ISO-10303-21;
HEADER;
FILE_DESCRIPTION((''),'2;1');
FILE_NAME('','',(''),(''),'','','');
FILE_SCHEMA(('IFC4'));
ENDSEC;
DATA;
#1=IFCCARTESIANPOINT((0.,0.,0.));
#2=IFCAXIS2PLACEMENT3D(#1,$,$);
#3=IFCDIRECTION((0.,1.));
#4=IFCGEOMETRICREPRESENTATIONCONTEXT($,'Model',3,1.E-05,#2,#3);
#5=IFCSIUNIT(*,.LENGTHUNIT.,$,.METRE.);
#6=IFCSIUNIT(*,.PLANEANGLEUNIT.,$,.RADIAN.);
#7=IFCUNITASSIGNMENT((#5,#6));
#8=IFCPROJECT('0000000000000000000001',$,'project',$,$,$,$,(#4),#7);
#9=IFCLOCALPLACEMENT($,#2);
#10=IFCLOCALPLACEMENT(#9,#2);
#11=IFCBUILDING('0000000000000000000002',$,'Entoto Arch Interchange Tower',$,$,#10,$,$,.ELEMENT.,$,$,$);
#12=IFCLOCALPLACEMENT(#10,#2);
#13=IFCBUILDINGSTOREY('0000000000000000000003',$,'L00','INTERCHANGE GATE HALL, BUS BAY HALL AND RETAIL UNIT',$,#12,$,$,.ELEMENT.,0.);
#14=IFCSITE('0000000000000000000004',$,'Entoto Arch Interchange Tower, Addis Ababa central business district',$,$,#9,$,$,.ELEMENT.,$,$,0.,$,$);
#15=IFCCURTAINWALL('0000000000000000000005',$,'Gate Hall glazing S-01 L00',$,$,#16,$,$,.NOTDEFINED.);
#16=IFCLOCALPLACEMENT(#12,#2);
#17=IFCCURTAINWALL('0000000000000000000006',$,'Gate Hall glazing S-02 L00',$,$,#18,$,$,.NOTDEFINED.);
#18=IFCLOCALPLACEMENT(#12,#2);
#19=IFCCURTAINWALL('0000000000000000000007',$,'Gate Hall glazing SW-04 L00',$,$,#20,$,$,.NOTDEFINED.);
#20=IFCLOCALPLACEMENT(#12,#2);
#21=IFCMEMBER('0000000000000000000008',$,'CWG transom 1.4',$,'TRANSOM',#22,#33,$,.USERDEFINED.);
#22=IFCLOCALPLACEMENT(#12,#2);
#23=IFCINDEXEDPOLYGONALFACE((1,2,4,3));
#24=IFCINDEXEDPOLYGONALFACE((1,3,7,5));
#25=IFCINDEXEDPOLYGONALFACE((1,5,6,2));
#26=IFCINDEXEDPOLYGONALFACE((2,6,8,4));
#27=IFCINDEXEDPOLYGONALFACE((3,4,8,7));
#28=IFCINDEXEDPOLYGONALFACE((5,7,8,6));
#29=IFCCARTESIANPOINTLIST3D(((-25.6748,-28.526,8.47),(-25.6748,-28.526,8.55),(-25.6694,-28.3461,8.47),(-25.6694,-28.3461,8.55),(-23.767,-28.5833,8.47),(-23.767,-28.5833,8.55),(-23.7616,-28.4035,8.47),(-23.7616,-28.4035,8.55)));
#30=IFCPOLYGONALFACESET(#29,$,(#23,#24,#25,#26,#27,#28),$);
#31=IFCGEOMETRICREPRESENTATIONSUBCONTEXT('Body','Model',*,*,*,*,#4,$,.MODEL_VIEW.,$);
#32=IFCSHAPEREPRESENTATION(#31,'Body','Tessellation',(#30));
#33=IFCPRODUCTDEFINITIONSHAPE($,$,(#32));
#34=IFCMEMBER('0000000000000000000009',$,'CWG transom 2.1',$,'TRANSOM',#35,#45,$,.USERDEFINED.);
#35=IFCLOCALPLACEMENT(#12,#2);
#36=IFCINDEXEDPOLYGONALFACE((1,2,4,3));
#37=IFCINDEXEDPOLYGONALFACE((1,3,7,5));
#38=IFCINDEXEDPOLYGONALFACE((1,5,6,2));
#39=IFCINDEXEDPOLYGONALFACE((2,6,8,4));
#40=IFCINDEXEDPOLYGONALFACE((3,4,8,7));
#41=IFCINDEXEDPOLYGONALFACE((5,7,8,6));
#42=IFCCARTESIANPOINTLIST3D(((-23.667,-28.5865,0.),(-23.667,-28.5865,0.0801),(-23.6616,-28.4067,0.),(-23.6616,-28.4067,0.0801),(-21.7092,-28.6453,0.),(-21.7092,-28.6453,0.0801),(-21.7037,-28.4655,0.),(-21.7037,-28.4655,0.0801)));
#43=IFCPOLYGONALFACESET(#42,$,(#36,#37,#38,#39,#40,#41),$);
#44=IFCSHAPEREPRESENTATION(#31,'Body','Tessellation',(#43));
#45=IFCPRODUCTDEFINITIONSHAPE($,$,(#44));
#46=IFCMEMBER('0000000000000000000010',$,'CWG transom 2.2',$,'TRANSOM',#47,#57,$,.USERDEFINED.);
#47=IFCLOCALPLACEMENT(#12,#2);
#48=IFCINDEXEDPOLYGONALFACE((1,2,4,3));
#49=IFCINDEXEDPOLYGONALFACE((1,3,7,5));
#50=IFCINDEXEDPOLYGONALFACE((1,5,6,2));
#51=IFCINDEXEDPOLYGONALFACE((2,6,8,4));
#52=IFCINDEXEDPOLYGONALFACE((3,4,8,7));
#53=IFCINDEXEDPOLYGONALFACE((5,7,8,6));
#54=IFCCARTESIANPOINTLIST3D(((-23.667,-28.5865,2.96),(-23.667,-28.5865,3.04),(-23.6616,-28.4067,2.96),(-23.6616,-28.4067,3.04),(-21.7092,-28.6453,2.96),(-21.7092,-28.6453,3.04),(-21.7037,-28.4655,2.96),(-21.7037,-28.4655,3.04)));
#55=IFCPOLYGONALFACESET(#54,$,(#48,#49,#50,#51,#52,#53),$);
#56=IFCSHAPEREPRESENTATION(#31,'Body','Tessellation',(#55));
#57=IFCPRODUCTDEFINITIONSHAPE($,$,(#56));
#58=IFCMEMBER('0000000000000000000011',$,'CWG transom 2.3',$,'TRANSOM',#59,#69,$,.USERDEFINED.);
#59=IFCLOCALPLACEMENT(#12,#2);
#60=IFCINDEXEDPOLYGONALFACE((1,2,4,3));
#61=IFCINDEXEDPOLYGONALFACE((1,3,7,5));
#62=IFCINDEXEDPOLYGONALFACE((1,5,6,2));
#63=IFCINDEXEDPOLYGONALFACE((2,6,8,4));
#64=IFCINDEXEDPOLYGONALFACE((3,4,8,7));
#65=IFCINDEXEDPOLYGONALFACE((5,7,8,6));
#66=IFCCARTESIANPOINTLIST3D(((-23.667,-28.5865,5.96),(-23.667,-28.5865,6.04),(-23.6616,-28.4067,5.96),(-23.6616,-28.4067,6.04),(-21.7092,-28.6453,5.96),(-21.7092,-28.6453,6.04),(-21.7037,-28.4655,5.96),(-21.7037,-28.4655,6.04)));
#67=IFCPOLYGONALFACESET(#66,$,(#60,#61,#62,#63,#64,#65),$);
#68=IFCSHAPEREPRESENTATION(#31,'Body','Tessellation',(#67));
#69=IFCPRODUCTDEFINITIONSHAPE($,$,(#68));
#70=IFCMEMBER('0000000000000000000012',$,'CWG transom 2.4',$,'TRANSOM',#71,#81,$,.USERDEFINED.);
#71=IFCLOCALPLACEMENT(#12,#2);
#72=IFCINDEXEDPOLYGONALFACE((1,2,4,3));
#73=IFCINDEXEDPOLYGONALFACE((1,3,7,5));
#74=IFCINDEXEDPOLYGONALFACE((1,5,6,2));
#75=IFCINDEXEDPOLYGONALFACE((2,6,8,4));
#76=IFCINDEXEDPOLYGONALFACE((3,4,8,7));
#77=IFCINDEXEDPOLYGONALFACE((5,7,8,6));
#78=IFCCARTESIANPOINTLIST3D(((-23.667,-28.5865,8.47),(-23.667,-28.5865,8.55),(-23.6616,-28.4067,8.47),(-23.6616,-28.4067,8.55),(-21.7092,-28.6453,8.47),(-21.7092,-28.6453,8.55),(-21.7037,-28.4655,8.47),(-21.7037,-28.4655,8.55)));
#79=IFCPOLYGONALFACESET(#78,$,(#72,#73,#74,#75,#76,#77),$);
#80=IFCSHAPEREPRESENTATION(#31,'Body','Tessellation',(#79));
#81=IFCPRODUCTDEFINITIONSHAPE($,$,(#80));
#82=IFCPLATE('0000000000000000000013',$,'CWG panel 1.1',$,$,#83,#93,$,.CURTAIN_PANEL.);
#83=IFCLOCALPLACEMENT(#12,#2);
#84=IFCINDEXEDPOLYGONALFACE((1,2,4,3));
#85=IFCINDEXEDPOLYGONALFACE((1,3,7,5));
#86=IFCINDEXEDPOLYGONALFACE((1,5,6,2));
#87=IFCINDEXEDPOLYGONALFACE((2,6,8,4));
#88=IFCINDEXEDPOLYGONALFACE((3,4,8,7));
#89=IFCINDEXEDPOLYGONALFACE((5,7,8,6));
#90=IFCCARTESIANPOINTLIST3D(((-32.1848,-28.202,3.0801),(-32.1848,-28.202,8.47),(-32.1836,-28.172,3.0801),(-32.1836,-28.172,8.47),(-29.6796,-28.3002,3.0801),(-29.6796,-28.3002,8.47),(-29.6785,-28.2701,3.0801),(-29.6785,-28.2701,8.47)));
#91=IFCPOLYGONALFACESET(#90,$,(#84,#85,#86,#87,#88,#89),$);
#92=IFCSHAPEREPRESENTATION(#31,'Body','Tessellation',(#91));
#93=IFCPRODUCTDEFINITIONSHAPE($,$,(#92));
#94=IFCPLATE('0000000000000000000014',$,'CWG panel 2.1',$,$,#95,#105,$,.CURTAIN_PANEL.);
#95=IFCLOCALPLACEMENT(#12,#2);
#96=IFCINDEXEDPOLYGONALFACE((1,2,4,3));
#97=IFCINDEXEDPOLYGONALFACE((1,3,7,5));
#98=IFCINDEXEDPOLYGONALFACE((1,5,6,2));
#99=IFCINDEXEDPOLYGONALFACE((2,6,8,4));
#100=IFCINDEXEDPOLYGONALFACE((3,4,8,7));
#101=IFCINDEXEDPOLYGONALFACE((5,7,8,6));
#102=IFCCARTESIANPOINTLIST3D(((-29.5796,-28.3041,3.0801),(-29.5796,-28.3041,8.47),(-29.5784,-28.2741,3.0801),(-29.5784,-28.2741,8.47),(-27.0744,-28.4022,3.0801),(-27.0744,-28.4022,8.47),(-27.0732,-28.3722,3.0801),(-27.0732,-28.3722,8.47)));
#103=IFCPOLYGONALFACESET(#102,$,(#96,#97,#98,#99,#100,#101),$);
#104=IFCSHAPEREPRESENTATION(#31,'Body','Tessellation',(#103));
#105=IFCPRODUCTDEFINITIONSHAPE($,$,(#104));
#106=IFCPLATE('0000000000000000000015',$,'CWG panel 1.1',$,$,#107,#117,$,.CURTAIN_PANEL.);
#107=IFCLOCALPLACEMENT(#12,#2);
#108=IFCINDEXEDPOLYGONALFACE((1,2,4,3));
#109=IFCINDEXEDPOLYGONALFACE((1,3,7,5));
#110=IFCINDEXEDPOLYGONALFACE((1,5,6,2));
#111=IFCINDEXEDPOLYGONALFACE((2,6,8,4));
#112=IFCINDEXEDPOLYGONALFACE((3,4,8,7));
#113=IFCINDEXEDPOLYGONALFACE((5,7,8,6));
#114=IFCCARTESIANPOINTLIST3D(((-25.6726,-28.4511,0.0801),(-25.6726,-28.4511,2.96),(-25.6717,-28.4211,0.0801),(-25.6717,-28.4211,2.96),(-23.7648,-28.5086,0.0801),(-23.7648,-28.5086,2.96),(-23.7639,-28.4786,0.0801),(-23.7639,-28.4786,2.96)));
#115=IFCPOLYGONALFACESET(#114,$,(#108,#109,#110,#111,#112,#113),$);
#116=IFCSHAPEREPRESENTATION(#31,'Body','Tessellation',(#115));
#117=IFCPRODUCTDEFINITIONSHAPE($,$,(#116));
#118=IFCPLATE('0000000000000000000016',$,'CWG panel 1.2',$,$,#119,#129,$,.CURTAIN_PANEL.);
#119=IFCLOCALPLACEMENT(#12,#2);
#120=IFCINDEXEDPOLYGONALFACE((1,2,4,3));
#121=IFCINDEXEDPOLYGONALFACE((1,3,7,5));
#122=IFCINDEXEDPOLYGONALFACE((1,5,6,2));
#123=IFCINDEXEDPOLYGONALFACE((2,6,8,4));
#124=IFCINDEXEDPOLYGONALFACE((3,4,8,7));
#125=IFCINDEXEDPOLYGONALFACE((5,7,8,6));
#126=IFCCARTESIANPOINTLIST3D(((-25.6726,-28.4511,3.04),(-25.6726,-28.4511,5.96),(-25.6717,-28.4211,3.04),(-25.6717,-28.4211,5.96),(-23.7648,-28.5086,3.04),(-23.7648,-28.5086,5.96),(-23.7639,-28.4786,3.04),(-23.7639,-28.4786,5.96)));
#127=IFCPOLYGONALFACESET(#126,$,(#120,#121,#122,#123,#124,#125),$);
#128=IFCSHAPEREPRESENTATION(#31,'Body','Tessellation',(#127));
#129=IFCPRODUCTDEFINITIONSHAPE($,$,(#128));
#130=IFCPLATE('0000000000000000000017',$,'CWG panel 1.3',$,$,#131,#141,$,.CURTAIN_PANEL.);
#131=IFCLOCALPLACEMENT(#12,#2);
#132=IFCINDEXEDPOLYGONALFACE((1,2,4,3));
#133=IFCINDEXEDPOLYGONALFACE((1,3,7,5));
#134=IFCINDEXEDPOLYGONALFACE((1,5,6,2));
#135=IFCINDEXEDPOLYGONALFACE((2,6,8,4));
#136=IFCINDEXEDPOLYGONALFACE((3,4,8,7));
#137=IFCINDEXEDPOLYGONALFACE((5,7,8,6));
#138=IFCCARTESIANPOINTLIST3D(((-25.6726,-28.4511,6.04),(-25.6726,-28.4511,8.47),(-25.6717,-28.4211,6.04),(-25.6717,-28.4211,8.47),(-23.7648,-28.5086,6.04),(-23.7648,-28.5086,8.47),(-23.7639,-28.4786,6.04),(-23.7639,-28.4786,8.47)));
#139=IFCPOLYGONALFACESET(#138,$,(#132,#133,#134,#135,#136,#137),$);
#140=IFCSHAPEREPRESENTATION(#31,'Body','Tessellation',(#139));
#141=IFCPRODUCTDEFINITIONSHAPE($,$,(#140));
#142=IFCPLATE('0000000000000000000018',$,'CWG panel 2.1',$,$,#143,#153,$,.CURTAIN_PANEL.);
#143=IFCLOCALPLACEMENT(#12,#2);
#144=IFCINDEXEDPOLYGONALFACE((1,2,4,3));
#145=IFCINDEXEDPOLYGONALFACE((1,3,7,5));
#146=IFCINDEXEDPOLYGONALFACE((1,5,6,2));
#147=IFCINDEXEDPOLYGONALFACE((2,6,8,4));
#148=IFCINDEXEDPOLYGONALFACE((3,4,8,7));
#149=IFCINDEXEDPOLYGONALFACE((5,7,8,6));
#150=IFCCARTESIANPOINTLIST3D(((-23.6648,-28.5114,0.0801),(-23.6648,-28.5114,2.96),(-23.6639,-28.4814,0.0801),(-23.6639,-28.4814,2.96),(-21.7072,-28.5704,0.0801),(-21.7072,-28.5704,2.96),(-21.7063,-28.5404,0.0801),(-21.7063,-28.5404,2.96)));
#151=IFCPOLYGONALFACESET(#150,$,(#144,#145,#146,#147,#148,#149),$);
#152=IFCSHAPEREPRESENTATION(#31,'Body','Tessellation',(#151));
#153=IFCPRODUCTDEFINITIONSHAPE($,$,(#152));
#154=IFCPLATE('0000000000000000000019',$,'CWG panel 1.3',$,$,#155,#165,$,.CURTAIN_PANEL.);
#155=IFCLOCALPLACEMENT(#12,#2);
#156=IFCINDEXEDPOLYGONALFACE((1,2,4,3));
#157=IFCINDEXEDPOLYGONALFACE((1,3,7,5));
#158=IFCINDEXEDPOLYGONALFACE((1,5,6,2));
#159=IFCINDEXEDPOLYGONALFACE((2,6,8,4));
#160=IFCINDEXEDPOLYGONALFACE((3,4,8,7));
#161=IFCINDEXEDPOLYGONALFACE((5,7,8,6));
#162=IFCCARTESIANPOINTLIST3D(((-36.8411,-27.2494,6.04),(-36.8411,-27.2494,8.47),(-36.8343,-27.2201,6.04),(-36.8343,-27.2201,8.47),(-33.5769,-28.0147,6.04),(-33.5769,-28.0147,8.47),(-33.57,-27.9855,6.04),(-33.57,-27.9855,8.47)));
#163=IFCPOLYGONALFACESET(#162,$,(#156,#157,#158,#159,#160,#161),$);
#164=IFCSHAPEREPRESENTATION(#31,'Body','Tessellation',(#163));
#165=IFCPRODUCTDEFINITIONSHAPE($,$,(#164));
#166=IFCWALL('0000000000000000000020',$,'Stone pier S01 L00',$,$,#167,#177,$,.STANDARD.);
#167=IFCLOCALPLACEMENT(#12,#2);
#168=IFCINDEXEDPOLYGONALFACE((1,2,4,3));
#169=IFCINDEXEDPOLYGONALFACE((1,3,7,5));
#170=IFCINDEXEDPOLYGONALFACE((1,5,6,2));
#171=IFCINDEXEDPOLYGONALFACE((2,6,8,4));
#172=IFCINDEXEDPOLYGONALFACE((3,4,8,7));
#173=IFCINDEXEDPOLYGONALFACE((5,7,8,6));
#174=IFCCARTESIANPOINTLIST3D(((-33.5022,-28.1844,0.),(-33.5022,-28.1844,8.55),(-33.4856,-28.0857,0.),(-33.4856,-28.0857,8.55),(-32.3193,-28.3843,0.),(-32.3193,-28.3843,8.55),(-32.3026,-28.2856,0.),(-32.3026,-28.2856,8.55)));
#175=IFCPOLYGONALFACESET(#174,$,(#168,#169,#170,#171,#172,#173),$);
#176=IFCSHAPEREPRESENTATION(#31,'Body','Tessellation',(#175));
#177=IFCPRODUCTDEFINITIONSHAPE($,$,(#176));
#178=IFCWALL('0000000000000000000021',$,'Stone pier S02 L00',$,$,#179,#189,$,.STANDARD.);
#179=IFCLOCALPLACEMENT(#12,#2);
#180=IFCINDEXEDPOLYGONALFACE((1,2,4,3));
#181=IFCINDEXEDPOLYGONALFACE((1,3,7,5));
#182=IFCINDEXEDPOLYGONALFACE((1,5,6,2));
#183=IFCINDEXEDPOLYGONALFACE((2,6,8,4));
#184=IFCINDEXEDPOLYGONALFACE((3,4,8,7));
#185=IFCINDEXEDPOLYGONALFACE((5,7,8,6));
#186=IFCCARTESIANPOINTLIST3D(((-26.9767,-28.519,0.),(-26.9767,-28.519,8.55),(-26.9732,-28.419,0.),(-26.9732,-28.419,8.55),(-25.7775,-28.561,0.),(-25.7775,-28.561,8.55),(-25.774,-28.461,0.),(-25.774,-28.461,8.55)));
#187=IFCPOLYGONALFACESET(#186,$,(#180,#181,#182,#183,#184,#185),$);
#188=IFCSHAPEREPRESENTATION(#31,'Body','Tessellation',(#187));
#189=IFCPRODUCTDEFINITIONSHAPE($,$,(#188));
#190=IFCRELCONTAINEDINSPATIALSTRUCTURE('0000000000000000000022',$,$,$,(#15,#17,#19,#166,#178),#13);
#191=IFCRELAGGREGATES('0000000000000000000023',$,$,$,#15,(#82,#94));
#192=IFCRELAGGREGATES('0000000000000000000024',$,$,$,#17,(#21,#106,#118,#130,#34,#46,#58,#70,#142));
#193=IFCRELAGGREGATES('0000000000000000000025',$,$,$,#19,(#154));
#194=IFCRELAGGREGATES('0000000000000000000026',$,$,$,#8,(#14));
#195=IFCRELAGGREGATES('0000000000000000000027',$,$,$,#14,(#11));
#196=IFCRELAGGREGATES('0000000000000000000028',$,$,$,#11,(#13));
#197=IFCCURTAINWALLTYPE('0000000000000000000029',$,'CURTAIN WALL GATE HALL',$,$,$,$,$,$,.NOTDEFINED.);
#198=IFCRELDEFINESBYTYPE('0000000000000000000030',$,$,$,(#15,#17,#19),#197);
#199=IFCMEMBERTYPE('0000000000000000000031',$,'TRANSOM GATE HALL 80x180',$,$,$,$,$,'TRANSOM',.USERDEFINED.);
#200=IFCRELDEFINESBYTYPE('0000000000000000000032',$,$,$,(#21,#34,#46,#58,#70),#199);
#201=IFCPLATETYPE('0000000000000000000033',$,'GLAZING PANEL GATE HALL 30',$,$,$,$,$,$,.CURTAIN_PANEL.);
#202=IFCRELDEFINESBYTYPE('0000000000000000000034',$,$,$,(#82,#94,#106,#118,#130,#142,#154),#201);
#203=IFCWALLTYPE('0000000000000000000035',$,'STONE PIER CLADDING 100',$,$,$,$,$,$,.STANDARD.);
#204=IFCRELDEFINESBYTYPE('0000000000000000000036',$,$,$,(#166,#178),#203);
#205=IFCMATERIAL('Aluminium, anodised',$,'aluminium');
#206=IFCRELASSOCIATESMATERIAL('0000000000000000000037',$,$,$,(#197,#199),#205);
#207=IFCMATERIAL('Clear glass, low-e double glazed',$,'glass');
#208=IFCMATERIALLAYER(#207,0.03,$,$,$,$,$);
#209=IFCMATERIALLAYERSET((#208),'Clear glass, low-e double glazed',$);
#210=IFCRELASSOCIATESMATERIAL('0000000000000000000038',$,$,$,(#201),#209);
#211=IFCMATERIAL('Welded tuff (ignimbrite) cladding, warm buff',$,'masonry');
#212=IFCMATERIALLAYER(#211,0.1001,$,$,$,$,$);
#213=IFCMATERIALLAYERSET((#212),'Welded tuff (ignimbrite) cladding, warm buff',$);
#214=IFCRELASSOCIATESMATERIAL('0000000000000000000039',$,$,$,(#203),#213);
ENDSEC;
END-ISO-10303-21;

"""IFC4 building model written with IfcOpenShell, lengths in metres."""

from ifc_helpers import new_model, si_unit, direction, frame, frame_2d, origin, origin_2d, place, context, subcontext, project, spatial, rectangle, extrude, material, layer, layer_set, material_profile, profile_set, type_object, element, aggregate, save


model = new_model("IFC4")

# Units and contexts
model_context = context("Model", 3, precision=1e-05, world=origin(), true_north=direction((0.0, 1.0)))
body_context = subcontext(model_context, "Body", "Model", "MODEL_VIEW")
ifc_project = project(units=[si_unit("LENGTHUNIT", "METRE"), si_unit("PLANEANGLEUNIT", "RADIAN")], contexts=[model_context])

# Site, building, storey
site_placement = place(None, origin())
site = spatial("IfcSite", under=ifc_project, at=site_placement, Name="Entoto Arch Interchange Tower, Addis Ababa central business district", CompositionType="ELEMENT", RefElevation=0.0)
building_placement = place(site_placement, origin())
building = spatial("IfcBuilding", under=site, at=building_placement, Name="Entoto Arch Interchange Tower", CompositionType="ELEMENT")
storey_placement = place(building_placement, origin())
storey = spatial("IfcBuildingStorey", under=building, at=storey_placement, Name="L00", Description="INTERCHANGE GATE HALL, BUS BAY HALL AND RETAIL UNIT", CompositionType="ELEMENT", Elevation=0.0)

# Curtain walls
ifc_material_1 = material(Name="Aluminium, anodised", Category="aluminium")
curtain_wall_type = type_object("IfcCurtainWallType", Name="CURTAIN WALL GATE HALL", PredefinedType="NOTDEFINED", material=ifc_material_1)
curtain_wall_1_placement = place(storey_placement, origin())
curtain_wall_1 = element("IfcCurtainWall", 1, at=curtain_wall_1_placement, inside=storey, type_object=curtain_wall_type, Name="Gate Hall glazing S-01 L00", PredefinedType="NOTDEFINED")
curtain_wall_2_placement = place(storey_placement, origin())
curtain_wall_2 = element("IfcCurtainWall", 2, at=curtain_wall_2_placement, inside=storey, type_object=curtain_wall_type, Name="Gate Hall glazing S-02 L00", PredefinedType="NOTDEFINED")

# Curtain wall
curtain_wall_3_placement = place(storey_placement, origin())
curtain_wall_3 = element("IfcCurtainWall", 3, at=curtain_wall_3_placement, inside=storey, type_object=curtain_wall_type, Name="Gate Hall glazing SW-04 L00", PredefinedType="NOTDEFINED")

# Members
ifc_material_profile_1 = material_profile(ifc_material_1, rectangle(XDim=0.1799, YDim=0.0801, at=origin_2d()))
ifc_profile_set_1 = profile_set([ifc_material_profile_1], Name="Aluminium, anodised")
member_type_1 = type_object("IfcMemberType", Name="TRANSOM GATE HALL 80x180", ElementType="TRANSOM", PredefinedType="USERDEFINED", material=ifc_profile_set_1)
member_1_placement = place(storey_placement, frame((-25.6721, -28.436, 8.51), z_axis=(0.999548, -0.030061, 0.0), x_axis=(0.030061, 0.999548, 0.0)))
member_1 = element("IfcMember", 4, at=member_1_placement, type_object=member_type_1, Name="CWG transom 1.4", ObjectType="TRANSOM", PredefinedType="USERDEFINED", context=body_context, shape_type="SweptSolid", body=[
    extrude(rectangle(XDim=0.1799, YDim=0.0801, at=origin_2d()), origin(), (0.0, 0.0, 1.0), 1.9087),
])
member_2_placement = place(storey_placement, frame((-23.6643, -28.4966, 0.04), z_axis=(0.999549, -0.03004, 0.0), x_axis=(0.03004, 0.999549, 0.0)))
member_2 = element("IfcMember", 5, at=member_2_placement, type_object=member_type_1, Name="CWG transom 2.1", ObjectType="TRANSOM", PredefinedType="USERDEFINED", context=body_context, shape_type="SweptSolid", body=[
    extrude(rectangle(XDim=0.1799, YDim=0.0801, at=origin_2d()), origin(), (0.0, 0.0, 1.0), 1.9587),
])
member_3_placement = place(storey_placement, frame((-23.6643, -28.4966, 3.0), z_axis=(0.999549, -0.03004, 0.0), x_axis=(0.03004, 0.999549, 0.0)))
member_3 = element("IfcMember", 6, at=member_3_placement, type_object=member_type_1, Name="CWG transom 2.2", ObjectType="TRANSOM", PredefinedType="USERDEFINED", context=body_context, shape_type="SweptSolid", body=[
    extrude(rectangle(XDim=0.1799, YDim=0.0801, at=origin_2d()), origin(), (0.0, 0.0, 1.0), 1.9587),
])
member_4_placement = place(storey_placement, frame((-23.6643, -28.4966, 6.0), z_axis=(0.999549, -0.03004, 0.0), x_axis=(0.03004, 0.999549, 0.0)))
member_4 = element("IfcMember", 7, at=member_4_placement, type_object=member_type_1, Name="CWG transom 2.3", ObjectType="TRANSOM", PredefinedType="USERDEFINED", context=body_context, shape_type="SweptSolid", body=[
    extrude(rectangle(XDim=0.1799, YDim=0.0801, at=origin_2d()), origin(), (0.0, 0.0, 1.0), 1.9587),
])
member_5_placement = place(storey_placement, frame((-23.6643, -28.4966, 8.51), z_axis=(0.999549, -0.03004, 0.0), x_axis=(0.03004, 0.999549, 0.0)))
member_5 = element("IfcMember", 8, at=member_5_placement, type_object=member_type_1, Name="CWG transom 2.4", ObjectType="TRANSOM", PredefinedType="USERDEFINED", context=body_context, shape_type="SweptSolid", body=[
    extrude(rectangle(XDim=0.1799, YDim=0.0801, at=origin_2d()), origin(), (0.0, 0.0, 1.0), 1.9587),
])

# Plates
ifc_material_2 = material(Name="Clear glass, low-e double glazed", Category="glass")
ifc_layer_1 = layer(ifc_material_2, 0.03)
ifc_layer_set_1 = layer_set([ifc_layer_1], Name="Clear glass, low-e double glazed")
plate_type = type_object("IfcPlateType", Name="GLAZING PANEL GATE HALL 30", PredefinedType="CURTAIN_PANEL", material=ifc_layer_set_1)
plate_1_placement = place(storey_placement, frame((-30.9316, -28.2361, 3.0801), z_axis=(0.0, 0.0, 1.0), x_axis=(0.999234, -0.039141, 0.0)))
plate_1 = element("IfcPlate", 9, at=plate_1_placement, type_object=plate_type, Name="CWG panel 1.1", PredefinedType="CURTAIN_PANEL", context=body_context, shape_type="SweptSolid", body=[
    extrude(rectangle(XDim=2.5071, YDim=0.03, at=origin_2d()), origin(), (0.0, 0.0, 1.0), 5.3899),
])
plate_2_placement = place(storey_placement, frame((-28.3264, -28.3381, 3.0801), z_axis=(0.0, 0.0, 1.0), x_axis=(0.999234, -0.039141, 0.0)))
plate_2 = element("IfcPlate", 10, at=plate_2_placement, type_object=plate_type, Name="CWG panel 2.1", PredefinedType="CURTAIN_PANEL", context=body_context, shape_type="SweptSolid", body=[
    extrude(rectangle(XDim=2.5071, YDim=0.03, at=origin_2d()), origin(), (0.0, 0.0, 1.0), 5.3899),
])
aggregate(curtain_wall_1, [plate_1, plate_2])
plate_3_placement = place(storey_placement, frame((-24.7183, -28.4648, 0.0801), z_axis=(0.0, 0.0, 1.0), x_axis=(0.999546, -0.030118, 0.0)))
plate_3 = element("IfcPlate", 11, at=plate_3_placement, type_object=plate_type, Name="CWG panel 1.1", PredefinedType="CURTAIN_PANEL", context=body_context, shape_type="SweptSolid", body=[
    extrude(rectangle(XDim=1.9087, YDim=0.03, at=origin_2d()), origin(), (0.0, 0.0, 1.0), 2.8799),
])
plate_4_placement = place(storey_placement, frame((-24.7183, -28.4648, 3.04), z_axis=(0.0, 0.0, 1.0), x_axis=(0.999546, -0.030118, 0.0)))
plate_4 = element("IfcPlate", 12, at=plate_4_placement, type_object=plate_type, Name="CWG panel 1.2", PredefinedType="CURTAIN_PANEL", context=body_context, shape_type="SweptSolid", body=[
    extrude(rectangle(XDim=1.9087, YDim=0.03, at=origin_2d()), origin(), (0.0, 0.0, 1.0), 2.9199),
])
plate_5_placement = place(storey_placement, frame((-24.7183, -28.4648, 6.04), z_axis=(0.0, 0.0, 1.0), x_axis=(0.999546, -0.030118, 0.0)))
plate_5 = element("IfcPlate", 13, at=plate_5_placement, type_object=plate_type, Name="CWG panel 1.3", PredefinedType="CURTAIN_PANEL", context=body_context, shape_type="SweptSolid", body=[
    extrude(rectangle(XDim=1.9087, YDim=0.03, at=origin_2d()), origin(), (0.0, 0.0, 1.0), 2.4299),
])
plate_6_placement = place(storey_placement, frame((-22.6855, -28.5259, 0.0801), z_axis=(0.0, 0.0, 1.0), x_axis=(0.999546, -0.030118, 0.0)))
plate_6 = element("IfcPlate", 14, at=plate_6_placement, type_object=plate_type, Name="CWG panel 2.1", PredefinedType="CURTAIN_PANEL", context=body_context, shape_type="SweptSolid", body=[
    extrude(rectangle(XDim=1.9585, YDim=0.03, at=origin_2d()), origin(), (0.0, 0.0, 1.0), 2.8799),
])
aggregate(curtain_wall_2, [member_1, plate_3, plate_4, plate_5, member_2, member_3, member_4, member_5, plate_6])
plate_7_placement = place(storey_placement, frame((-35.2056, -27.6174, 6.04), z_axis=(0.0, 0.0, 1.0), x_axis=(0.973598, -0.228271, 0.0)))
plate_7 = element("IfcPlate", 15, at=plate_7_placement, type_object=plate_type, Name="CWG panel 1.3", PredefinedType="CURTAIN_PANEL", context=body_context, shape_type="SweptSolid", body=[
    extrude(rectangle(XDim=3.3528, YDim=0.03, at=origin_2d()), origin(), (0.0, 0.0, 1.0), 2.4299),
])
aggregate(curtain_wall_3, [plate_7])

# Shared definitions
ifc_material_3 = material(Name="Welded tuff (ignimbrite) cladding, warm buff", Category="masonry")

# Walls
ifc_layer_2 = layer(ifc_material_3, 0.1001)
ifc_layer_set_2 = layer_set([ifc_layer_2], Name="Welded tuff (ignimbrite) cladding, warm buff")
wall_type_1 = type_object("IfcWallType", Name="STONE PIER CLADDING 100", PredefinedType="STANDARD", material=ifc_layer_set_2)
wall_1_placement = place(storey_placement, frame((-33.4939, -28.135, 0.0), z_axis=(0.0, 0.0, 1.0), x_axis=(0.986012, -0.166676, 0.0)))
element("IfcWall", 16, at=wall_1_placement, inside=storey, type_object=wall_type_1, Name="Stone pier S01 L00", PredefinedType="STANDARD", context=body_context, shape_type="SweptSolid", body=[
    extrude(rectangle(XDim=1.1997, YDim=0.1001, at=frame_2d((0.5999, 0.0))), origin(), (0.0, 0.0, 1.0), 8.55),
])
wall_2_placement = place(storey_placement, frame((-26.9751, -28.469, 0.0), z_axis=(0.0, 0.0, 1.0), x_axis=(0.999387, -0.034995, 0.0)))
element("IfcWall", 17, at=wall_2_placement, inside=storey, type_object=wall_type_1, Name="Stone pier S02 L00", PredefinedType="STANDARD", context=body_context, shape_type="SweptSolid", body=[
    extrude(rectangle(XDim=1.2, YDim=0.1001, at=frame_2d((0.6001, 0.0))), origin(), (0.0, 0.0, 1.0), 8.55),
])

save(model, "model.ifc")
